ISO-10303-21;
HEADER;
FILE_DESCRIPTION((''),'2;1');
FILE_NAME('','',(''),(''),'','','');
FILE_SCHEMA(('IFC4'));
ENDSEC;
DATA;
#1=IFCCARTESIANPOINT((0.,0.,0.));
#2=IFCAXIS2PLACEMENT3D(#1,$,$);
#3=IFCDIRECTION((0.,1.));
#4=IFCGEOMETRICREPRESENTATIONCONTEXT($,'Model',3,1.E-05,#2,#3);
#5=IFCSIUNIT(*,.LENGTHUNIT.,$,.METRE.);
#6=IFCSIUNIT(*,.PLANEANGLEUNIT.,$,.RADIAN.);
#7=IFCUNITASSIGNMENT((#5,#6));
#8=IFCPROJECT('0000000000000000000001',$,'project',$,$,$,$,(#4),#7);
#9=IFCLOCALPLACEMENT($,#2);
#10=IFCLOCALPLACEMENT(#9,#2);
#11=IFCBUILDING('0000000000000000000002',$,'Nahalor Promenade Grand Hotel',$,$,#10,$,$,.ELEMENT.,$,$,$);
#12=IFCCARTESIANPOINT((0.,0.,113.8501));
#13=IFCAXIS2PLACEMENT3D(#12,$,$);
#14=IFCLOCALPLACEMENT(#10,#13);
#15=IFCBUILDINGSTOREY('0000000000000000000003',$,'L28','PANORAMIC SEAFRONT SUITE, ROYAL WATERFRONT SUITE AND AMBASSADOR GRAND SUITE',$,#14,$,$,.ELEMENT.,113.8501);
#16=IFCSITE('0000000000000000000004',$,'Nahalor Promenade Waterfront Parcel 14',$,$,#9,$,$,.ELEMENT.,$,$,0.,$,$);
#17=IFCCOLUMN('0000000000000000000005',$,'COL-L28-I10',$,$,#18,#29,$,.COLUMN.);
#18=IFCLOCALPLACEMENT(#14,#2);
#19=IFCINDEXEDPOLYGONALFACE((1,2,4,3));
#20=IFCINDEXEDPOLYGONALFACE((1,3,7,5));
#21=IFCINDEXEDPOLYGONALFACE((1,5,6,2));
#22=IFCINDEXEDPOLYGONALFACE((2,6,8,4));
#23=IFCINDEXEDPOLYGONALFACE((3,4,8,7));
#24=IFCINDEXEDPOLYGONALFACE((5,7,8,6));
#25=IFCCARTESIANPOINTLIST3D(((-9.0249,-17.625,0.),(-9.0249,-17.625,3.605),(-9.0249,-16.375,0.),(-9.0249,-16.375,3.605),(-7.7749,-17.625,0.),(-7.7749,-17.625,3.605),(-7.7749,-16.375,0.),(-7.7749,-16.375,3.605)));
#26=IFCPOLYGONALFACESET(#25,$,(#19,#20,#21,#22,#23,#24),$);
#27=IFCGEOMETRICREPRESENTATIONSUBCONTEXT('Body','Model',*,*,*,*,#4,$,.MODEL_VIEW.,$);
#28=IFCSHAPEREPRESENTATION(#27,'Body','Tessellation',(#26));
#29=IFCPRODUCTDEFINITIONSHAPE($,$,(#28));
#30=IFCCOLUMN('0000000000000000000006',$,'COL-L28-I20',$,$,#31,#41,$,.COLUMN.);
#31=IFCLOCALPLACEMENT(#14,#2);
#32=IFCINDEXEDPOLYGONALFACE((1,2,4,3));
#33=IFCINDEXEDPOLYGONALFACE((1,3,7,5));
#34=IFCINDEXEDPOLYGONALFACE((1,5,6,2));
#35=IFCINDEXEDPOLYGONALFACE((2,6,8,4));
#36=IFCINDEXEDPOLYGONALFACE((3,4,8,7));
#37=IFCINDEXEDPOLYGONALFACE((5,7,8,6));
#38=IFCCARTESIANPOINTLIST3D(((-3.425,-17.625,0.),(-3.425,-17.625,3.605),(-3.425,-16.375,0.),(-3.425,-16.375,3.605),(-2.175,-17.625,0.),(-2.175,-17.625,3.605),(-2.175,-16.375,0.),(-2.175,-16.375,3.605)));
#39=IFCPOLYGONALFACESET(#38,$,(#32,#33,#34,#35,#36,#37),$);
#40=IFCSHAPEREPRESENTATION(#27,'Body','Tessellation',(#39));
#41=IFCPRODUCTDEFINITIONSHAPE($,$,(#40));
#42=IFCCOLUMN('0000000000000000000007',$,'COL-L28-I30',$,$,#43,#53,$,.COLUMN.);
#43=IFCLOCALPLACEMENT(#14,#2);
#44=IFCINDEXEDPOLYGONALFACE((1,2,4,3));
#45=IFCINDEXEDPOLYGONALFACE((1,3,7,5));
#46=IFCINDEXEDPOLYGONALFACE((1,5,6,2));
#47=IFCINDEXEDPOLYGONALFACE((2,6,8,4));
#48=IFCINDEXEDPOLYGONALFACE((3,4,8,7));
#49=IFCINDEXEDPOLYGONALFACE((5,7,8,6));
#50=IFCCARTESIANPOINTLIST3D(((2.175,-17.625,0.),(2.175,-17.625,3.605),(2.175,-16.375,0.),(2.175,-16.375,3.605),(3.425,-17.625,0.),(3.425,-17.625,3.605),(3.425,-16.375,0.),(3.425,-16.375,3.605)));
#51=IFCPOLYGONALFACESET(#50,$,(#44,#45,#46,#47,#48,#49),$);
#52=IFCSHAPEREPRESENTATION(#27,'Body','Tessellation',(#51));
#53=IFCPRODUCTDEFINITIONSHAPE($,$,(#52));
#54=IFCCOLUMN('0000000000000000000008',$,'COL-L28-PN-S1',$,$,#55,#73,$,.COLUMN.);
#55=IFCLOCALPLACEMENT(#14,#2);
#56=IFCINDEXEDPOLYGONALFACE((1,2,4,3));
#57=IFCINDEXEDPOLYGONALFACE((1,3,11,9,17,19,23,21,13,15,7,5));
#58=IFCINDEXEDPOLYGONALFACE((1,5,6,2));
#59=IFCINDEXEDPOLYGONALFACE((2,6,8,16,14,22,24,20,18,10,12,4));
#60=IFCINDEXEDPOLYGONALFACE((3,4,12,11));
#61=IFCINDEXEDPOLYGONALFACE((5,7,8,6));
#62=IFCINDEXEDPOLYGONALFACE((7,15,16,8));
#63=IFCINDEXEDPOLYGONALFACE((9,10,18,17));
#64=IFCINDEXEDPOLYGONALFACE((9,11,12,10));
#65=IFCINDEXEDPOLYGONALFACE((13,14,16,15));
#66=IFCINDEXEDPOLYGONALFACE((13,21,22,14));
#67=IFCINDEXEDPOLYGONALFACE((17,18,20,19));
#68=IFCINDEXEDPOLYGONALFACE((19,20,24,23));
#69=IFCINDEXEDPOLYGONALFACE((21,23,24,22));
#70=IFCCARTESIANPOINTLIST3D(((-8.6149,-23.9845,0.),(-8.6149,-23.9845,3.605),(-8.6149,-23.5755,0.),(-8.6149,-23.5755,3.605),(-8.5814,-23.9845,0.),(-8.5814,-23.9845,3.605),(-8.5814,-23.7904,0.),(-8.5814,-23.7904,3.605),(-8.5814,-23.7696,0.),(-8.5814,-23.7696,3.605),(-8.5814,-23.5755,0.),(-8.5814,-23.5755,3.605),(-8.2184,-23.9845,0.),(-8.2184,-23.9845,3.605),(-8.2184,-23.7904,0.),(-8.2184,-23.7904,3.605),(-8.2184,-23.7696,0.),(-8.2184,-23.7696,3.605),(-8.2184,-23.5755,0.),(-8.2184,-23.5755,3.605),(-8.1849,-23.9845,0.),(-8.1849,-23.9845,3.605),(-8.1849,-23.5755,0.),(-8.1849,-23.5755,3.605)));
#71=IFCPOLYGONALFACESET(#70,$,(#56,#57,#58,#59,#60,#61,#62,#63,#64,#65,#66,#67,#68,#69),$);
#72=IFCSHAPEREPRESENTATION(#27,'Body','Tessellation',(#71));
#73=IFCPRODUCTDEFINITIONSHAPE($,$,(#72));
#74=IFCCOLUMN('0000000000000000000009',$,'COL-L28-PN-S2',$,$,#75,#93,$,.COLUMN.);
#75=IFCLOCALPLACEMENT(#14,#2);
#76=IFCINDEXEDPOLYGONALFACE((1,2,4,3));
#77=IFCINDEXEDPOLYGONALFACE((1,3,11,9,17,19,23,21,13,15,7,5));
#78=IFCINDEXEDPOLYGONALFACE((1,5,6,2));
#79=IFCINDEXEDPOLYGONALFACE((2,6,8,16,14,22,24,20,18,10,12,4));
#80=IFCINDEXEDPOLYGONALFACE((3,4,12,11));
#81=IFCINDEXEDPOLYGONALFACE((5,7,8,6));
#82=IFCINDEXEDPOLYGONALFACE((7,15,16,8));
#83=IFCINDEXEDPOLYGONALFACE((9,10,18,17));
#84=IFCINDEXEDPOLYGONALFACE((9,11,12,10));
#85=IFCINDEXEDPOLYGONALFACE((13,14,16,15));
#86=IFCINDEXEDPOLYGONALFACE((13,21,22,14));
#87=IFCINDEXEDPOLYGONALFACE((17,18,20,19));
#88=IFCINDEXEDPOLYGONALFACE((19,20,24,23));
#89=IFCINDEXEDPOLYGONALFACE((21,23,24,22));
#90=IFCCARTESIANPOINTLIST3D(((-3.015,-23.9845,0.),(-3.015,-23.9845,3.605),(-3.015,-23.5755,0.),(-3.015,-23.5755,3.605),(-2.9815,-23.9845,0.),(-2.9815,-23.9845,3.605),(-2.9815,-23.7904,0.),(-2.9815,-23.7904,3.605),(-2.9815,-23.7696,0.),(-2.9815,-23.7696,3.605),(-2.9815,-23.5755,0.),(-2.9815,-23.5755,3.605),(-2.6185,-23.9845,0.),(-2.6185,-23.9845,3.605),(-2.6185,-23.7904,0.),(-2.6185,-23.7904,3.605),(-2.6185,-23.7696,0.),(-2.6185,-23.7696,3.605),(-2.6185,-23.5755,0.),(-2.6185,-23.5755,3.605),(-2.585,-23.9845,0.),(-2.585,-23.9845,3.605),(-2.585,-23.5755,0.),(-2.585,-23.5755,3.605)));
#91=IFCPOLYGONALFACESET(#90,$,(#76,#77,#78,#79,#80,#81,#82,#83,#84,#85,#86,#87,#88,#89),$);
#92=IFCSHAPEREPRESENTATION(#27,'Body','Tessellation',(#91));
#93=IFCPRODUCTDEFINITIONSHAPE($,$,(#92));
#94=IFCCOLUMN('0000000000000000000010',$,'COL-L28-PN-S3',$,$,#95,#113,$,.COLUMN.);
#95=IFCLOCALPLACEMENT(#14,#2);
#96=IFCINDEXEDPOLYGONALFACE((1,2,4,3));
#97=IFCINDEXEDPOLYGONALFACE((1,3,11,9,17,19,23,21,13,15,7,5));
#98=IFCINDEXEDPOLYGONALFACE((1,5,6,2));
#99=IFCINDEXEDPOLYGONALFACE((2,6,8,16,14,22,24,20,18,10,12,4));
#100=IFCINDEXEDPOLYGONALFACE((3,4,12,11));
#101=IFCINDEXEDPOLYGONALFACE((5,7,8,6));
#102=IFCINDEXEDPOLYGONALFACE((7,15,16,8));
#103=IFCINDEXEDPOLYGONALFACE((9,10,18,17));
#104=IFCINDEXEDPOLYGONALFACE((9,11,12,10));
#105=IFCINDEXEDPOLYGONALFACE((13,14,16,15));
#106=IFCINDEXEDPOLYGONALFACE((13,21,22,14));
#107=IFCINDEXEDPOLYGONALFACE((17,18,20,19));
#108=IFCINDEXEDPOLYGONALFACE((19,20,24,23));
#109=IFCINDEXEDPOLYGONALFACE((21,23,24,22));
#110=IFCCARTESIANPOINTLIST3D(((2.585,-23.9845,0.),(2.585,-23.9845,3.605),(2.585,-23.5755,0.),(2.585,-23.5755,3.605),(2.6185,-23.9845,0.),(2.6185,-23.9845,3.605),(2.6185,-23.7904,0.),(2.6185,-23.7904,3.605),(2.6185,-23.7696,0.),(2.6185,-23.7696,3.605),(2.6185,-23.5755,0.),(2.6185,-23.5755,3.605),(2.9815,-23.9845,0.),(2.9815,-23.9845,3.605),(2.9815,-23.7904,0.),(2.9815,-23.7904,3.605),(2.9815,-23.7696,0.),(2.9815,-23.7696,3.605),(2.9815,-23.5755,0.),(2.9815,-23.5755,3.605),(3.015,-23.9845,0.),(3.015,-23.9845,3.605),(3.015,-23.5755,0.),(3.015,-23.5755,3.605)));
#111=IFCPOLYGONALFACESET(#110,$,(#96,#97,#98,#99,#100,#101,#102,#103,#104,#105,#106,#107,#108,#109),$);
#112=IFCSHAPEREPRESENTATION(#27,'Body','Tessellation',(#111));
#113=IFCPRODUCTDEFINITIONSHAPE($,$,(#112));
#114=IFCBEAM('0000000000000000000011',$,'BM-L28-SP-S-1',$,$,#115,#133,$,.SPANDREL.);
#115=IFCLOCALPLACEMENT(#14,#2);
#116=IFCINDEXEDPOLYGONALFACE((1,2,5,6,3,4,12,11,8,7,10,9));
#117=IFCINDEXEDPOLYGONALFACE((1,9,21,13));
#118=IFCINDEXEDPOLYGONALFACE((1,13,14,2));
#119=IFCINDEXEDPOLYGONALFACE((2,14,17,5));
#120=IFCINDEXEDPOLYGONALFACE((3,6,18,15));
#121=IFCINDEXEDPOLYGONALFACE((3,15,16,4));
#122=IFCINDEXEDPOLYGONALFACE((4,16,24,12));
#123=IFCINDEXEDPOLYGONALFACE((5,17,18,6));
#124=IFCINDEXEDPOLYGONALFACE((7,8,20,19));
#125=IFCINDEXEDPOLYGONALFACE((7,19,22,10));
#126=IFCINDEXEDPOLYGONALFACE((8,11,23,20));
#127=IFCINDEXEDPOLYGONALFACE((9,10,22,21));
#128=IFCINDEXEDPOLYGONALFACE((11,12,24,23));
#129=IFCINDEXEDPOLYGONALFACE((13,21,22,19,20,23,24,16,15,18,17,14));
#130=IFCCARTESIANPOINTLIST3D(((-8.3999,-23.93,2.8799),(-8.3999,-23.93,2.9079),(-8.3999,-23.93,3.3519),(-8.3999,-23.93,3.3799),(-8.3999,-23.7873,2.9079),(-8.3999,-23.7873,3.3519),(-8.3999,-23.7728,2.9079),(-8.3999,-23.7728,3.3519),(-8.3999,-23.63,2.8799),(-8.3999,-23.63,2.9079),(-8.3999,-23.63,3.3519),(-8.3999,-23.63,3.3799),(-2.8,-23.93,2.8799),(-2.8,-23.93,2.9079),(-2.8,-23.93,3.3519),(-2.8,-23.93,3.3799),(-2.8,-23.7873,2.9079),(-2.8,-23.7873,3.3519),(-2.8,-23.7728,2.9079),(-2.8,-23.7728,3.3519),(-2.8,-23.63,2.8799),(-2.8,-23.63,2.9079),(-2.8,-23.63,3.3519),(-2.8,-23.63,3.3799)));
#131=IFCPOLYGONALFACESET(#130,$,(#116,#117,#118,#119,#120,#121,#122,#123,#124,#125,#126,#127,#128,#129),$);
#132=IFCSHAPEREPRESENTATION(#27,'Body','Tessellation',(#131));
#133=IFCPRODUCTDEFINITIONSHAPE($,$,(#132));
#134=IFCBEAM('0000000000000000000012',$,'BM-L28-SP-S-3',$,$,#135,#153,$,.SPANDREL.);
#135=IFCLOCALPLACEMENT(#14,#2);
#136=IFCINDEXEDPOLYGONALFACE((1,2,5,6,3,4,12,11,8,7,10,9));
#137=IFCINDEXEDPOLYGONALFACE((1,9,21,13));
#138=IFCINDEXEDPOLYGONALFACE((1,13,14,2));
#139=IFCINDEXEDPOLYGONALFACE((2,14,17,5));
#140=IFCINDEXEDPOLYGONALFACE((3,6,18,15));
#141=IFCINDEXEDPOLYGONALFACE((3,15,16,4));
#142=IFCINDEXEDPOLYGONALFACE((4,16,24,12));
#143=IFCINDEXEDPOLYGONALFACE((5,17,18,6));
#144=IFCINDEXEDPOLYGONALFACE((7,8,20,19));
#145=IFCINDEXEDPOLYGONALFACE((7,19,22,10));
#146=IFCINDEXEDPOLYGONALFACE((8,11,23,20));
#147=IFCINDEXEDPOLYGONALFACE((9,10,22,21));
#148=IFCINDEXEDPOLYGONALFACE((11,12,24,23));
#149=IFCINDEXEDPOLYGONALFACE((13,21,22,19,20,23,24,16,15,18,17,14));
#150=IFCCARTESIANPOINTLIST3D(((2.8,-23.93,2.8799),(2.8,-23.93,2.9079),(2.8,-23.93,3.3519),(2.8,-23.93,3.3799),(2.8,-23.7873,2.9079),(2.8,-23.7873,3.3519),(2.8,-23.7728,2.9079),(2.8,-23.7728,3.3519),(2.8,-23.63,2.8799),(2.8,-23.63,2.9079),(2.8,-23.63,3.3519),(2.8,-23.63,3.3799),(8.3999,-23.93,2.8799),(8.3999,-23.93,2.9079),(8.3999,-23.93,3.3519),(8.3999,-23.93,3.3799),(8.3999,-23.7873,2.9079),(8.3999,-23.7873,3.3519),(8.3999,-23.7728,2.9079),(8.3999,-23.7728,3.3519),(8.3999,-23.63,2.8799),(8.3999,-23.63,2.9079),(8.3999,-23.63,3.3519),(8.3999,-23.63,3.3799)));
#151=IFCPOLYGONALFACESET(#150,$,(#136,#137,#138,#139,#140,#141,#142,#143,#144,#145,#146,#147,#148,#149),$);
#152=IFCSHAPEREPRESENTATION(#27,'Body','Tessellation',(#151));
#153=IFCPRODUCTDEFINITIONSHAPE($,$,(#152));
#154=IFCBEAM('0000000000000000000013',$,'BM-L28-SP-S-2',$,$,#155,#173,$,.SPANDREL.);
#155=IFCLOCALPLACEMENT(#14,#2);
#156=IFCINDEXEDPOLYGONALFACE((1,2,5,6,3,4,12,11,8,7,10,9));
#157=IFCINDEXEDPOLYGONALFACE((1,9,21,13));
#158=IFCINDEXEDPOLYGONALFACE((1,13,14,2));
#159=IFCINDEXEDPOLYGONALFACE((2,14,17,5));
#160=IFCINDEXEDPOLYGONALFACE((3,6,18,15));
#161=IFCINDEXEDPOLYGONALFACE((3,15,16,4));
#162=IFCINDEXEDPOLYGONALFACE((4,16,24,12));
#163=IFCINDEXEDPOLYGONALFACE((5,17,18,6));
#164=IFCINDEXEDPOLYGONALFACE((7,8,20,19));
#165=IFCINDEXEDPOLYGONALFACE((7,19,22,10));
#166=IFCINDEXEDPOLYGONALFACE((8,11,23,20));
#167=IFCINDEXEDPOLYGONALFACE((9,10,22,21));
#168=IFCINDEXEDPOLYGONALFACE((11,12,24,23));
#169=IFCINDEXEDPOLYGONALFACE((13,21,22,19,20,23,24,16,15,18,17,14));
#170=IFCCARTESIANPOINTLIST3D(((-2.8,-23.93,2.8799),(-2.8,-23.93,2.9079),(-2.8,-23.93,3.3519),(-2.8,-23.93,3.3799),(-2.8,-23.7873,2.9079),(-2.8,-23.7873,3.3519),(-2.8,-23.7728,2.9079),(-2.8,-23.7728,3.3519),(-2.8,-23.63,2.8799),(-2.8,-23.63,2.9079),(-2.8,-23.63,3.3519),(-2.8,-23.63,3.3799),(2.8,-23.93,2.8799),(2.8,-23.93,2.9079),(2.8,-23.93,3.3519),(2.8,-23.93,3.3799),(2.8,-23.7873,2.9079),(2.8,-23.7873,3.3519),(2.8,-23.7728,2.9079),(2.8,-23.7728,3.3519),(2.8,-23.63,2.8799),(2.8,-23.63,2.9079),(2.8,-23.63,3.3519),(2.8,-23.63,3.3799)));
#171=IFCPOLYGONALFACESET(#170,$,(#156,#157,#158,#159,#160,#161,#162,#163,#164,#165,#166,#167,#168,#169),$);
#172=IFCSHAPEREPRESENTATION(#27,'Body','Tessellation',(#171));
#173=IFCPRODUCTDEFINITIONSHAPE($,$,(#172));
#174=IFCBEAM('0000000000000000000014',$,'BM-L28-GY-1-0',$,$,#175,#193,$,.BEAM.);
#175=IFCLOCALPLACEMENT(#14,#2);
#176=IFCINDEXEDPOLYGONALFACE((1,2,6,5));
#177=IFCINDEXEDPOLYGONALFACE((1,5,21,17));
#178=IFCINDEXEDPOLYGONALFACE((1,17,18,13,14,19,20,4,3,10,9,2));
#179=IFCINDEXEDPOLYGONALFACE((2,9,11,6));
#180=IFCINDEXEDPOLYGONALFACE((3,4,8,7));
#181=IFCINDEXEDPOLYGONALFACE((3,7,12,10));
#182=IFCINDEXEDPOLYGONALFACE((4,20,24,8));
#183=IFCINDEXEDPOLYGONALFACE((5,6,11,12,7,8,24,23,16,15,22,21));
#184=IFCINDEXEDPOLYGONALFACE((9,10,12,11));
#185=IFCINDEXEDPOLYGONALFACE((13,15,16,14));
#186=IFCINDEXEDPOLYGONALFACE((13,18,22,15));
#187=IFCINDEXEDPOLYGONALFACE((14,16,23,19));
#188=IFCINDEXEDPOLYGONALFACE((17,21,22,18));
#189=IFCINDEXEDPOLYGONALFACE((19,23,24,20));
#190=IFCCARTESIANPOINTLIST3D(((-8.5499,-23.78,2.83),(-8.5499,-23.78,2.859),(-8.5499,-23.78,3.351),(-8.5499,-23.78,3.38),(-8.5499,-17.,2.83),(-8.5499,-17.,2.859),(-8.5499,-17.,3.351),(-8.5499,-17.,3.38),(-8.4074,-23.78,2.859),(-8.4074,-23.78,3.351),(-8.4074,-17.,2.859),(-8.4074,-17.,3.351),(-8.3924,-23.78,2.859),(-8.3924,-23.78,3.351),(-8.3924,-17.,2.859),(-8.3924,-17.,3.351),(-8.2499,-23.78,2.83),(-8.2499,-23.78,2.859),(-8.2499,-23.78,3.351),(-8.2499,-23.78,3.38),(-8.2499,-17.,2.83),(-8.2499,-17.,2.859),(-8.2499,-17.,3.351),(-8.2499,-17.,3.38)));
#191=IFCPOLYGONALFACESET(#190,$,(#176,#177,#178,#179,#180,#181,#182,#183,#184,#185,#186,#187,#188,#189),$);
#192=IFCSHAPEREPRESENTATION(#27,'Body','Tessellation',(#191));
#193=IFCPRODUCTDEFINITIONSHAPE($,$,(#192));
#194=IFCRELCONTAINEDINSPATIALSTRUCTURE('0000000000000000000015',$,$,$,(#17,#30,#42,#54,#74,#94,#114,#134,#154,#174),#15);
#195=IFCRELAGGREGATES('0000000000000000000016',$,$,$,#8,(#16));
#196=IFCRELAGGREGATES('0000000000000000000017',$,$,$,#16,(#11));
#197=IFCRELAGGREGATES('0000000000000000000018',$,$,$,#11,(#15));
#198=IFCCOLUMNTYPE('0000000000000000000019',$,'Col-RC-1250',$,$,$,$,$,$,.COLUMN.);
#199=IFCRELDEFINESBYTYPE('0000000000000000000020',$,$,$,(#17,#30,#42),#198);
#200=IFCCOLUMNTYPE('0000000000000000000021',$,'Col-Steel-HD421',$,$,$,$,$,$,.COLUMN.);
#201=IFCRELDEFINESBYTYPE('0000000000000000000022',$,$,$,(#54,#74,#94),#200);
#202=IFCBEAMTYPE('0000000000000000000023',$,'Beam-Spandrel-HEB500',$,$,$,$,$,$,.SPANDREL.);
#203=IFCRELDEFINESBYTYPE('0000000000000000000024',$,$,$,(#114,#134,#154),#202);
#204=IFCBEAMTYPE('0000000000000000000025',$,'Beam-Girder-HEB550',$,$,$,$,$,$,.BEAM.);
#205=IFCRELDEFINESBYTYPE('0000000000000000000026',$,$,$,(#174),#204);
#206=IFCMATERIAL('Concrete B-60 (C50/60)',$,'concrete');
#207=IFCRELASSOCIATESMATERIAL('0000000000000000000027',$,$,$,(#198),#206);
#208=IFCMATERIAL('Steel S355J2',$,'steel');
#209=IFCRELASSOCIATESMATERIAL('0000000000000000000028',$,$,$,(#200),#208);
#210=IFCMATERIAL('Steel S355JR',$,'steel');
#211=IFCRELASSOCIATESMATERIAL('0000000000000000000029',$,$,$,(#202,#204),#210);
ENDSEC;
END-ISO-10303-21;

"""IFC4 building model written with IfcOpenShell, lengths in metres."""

from ifc_helpers import new_model, si_unit, direction, frame, origin, origin_2d, place, context, subcontext, project, spatial, rectangle, i_section, extrude, source, transform, mapped, material, material_profile, profile_set, type_object, element, save


model = new_model("IFC4")

# Units and contexts
model_context = context("Model", 3, precision=1e-05, world=origin(), true_north=direction((0.0, 1.0)))
body_context = subcontext(model_context, "Body", "Model", "MODEL_VIEW")
ifc_project = project(units=[si_unit("LENGTHUNIT", "METRE"), si_unit("PLANEANGLEUNIT", "RADIAN")], contexts=[model_context])

# Site, building, storey
site_placement = place(None, origin())
site = spatial("IfcSite", under=ifc_project, at=site_placement, Name="Nahalor Promenade Waterfront Parcel 14", CompositionType="ELEMENT", RefElevation=0.0)
building_placement = place(site_placement, origin())
building = spatial("IfcBuilding", under=site, at=building_placement, Name="Nahalor Promenade Grand Hotel", CompositionType="ELEMENT")
storey_placement = place(building_placement, frame((0.0, 0.0, 113.8501)))
storey = spatial("IfcBuildingStorey", under=building, at=storey_placement, Name="L28", Description="PANORAMIC SEAFRONT SUITE, ROYAL WATERFRONT SUITE AND AMBASSADOR GRAND SUITE", CompositionType="ELEMENT", Elevation=113.8501)

# Columns
ifc_material_1 = material(Name="Concrete B-60 (C50/60)", Category="concrete")
ifc_material_profile_1 = material_profile(ifc_material_1, rectangle(XDim=1.25, YDim=1.25, at=origin_2d()), Name="RC 1250x1250")
ifc_profile_set_1 = profile_set([ifc_material_profile_1], Name="Concrete B-60 (C50/60)")
column_type_1 = type_object("IfcColumnType", Name="Col-RC-1250", PredefinedType="COLUMN", material=ifc_profile_set_1)
shared_shape_1 = source(origin(), body_context, "Body", "SweptSolid", [
    extrude(rectangle(XDim=1.25, YDim=1.25, at=origin_2d()), origin(), (0.0, 0.0, 1.0), 3.605),
])
for number, where, z_axis, x_axis, name in (
    (1, (-8.3999, -17.0, 0.0), (0.0, 0.0, 1.0), (1.0, 0.0, 0.0), "COL-L28-I10"),
    (2, (-2.8, -17.0, 0.0), (0.0, 0.0, 1.0), (1.0, 0.0, 0.0), "COL-L28-I20"),
    (3, (2.8, -17.0, 0.0), (0.0, 0.0, 1.0), (1.0, 0.0, 0.0), "COL-L28-I30"),
):
    element("IfcColumn", number, at=place(storey_placement, frame(where, z_axis=z_axis, x_axis=x_axis)), inside=storey, type_object=column_type_1, Name=name, PredefinedType="COLUMN", context=body_context, shape_type="MappedRepresentation", body=[
        mapped(shared_shape_1, transform((0.0, 0.0, 0.0), scale=1.0)),
    ])
ifc_material_2 = material(Name="Steel S355J2", Category="steel")
ifc_material_profile_2 = material_profile(ifc_material_2, i_section(OverallWidth=0.409, OverallDepth=0.43, WebThickness=0.0208, FlangeThickness=0.0335, at=origin_2d()), Name="HD 400x421")
ifc_profile_set_2 = profile_set([ifc_material_profile_2], Name="Steel S355J2")
column_type_2 = type_object("IfcColumnType", Name="Col-Steel-HD421", PredefinedType="COLUMN", material=ifc_profile_set_2)
shared_shape_2 = source(origin(), body_context, "Body", "SweptSolid", [
    extrude(i_section(OverallWidth=0.409, OverallDepth=0.43, WebThickness=0.0208, FlangeThickness=0.0335, at=origin_2d()), origin(), (0.0, 0.0, 1.0), 3.605),
])
for number, where, z_axis, x_axis, name in (
    (4, (-8.3999, -23.78, 0.0), (0.0, 0.0, 1.0), (0.0, 1.0, 0.0), "COL-L28-PN-S1"),
    (5, (-2.8, -23.78, 0.0), (0.0, 0.0, 1.0), (0.0, 1.0, 0.0), "COL-L28-PN-S2"),
    (6, (2.8, -23.78, 0.0), (0.0, 0.0, 1.0), (0.0, 1.0, 0.0), "COL-L28-PN-S3"),
):
    element("IfcColumn", number, at=place(storey_placement, frame(where, z_axis=z_axis, x_axis=x_axis)), inside=storey, type_object=column_type_2, Name=name, PredefinedType="COLUMN", context=body_context, shape_type="MappedRepresentation", body=[
        mapped(shared_shape_2, transform((0.0, 0.0, 0.0), scale=1.0)),
    ])

# Beams
ifc_material_3 = material(Name="Steel S355JR", Category="steel")
ifc_material_profile_3 = material_profile(ifc_material_3, i_section(OverallWidth=0.3, OverallDepth=0.5, WebThickness=0.0145, FlangeThickness=0.028, at=origin_2d()), Name="HEB 500")
ifc_profile_set_3 = profile_set([ifc_material_profile_3], Name="Steel S355JR")
beam_type_1 = type_object("IfcBeamType", Name="Beam-Spandrel-HEB500", PredefinedType="SPANDREL", material=ifc_profile_set_3)
shared_shape_3 = source(origin(), body_context, "Body", "SweptSolid", [
    extrude(i_section(OverallWidth=0.3, OverallDepth=0.5, WebThickness=0.0145, FlangeThickness=0.028, at=origin_2d()), origin(), (0.0, 0.0, 1.0), 5.5999),
])
for number, where, z_axis, x_axis, name in (
    (7, (-8.3999, -23.78, 3.1299), (1.0, 0.0, 0.0), (0.0, 1.0, 0.0), "BM-L28-SP-S-1"),
    (8, (2.8, -23.78, 3.1299), (1.0, 0.0, 0.0), (0.0, 1.0, 0.0), "BM-L28-SP-S-3"),
):
    element("IfcBeam", number, at=place(storey_placement, frame(where, z_axis=z_axis, x_axis=x_axis)), inside=storey, type_object=beam_type_1, Name=name, PredefinedType="SPANDREL", context=body_context, shape_type="MappedRepresentation", body=[
        mapped(shared_shape_3, transform((0.0, 0.0, 0.0), scale=1.0)),
    ])
shared_shape_4 = source(origin(), body_context, "Body", "SweptSolid", [
    extrude(i_section(OverallWidth=0.3, OverallDepth=0.5, WebThickness=0.0145, FlangeThickness=0.028, at=origin_2d()), origin(), (0.0, 0.0, 1.0), 5.6001),
])
beam_1_placement = place(storey_placement, frame((-2.8, -23.78, 3.1299), z_axis=(1.0, 0.0, 0.0), x_axis=(0.0, 1.0, 0.0)))
element("IfcBeam", 9, at=beam_1_placement, inside=storey, type_object=beam_type_1, Name="BM-L28-SP-S-2", PredefinedType="SPANDREL", context=body_context, shape_type="MappedRepresentation", body=[
    mapped(shared_shape_4, transform((0.0, 0.0, 0.0), scale=1.0)),
])
ifc_material_profile_4 = material_profile(ifc_material_3, i_section(OverallWidth=0.3, OverallDepth=0.55, WebThickness=0.015, FlangeThickness=0.029, at=origin_2d()), Name="HEB 550")
ifc_profile_set_4 = profile_set([ifc_material_profile_4], Name="Steel S355JR")
beam_type_2 = type_object("IfcBeamType", Name="Beam-Girder-HEB550", PredefinedType="BEAM", material=ifc_profile_set_4)
shared_shape_5 = source(origin(), body_context, "Body", "SweptSolid", [
    extrude(i_section(OverallWidth=0.3, OverallDepth=0.55, WebThickness=0.015, FlangeThickness=0.029, at=origin_2d()), origin(), (0.0, 0.0, 1.0), 6.78),
])
for number, where, z_axis, x_axis, name in (
    (10, (-8.3999, -23.78, 3.105), (0.0, 1.0, 0.0), (-1.0, 0.0, 0.0), "BM-L28-GY-1-0"),
):
    element("IfcBeam", number, at=place(storey_placement, frame(where, z_axis=z_axis, x_axis=x_axis)), inside=storey, type_object=beam_type_2, Name=name, PredefinedType="BEAM", context=body_context, shape_type="MappedRepresentation", body=[
        mapped(shared_shape_5, transform((0.0, 0.0, 0.0), scale=1.0)),
    ])

save(model, "model.ifc")
